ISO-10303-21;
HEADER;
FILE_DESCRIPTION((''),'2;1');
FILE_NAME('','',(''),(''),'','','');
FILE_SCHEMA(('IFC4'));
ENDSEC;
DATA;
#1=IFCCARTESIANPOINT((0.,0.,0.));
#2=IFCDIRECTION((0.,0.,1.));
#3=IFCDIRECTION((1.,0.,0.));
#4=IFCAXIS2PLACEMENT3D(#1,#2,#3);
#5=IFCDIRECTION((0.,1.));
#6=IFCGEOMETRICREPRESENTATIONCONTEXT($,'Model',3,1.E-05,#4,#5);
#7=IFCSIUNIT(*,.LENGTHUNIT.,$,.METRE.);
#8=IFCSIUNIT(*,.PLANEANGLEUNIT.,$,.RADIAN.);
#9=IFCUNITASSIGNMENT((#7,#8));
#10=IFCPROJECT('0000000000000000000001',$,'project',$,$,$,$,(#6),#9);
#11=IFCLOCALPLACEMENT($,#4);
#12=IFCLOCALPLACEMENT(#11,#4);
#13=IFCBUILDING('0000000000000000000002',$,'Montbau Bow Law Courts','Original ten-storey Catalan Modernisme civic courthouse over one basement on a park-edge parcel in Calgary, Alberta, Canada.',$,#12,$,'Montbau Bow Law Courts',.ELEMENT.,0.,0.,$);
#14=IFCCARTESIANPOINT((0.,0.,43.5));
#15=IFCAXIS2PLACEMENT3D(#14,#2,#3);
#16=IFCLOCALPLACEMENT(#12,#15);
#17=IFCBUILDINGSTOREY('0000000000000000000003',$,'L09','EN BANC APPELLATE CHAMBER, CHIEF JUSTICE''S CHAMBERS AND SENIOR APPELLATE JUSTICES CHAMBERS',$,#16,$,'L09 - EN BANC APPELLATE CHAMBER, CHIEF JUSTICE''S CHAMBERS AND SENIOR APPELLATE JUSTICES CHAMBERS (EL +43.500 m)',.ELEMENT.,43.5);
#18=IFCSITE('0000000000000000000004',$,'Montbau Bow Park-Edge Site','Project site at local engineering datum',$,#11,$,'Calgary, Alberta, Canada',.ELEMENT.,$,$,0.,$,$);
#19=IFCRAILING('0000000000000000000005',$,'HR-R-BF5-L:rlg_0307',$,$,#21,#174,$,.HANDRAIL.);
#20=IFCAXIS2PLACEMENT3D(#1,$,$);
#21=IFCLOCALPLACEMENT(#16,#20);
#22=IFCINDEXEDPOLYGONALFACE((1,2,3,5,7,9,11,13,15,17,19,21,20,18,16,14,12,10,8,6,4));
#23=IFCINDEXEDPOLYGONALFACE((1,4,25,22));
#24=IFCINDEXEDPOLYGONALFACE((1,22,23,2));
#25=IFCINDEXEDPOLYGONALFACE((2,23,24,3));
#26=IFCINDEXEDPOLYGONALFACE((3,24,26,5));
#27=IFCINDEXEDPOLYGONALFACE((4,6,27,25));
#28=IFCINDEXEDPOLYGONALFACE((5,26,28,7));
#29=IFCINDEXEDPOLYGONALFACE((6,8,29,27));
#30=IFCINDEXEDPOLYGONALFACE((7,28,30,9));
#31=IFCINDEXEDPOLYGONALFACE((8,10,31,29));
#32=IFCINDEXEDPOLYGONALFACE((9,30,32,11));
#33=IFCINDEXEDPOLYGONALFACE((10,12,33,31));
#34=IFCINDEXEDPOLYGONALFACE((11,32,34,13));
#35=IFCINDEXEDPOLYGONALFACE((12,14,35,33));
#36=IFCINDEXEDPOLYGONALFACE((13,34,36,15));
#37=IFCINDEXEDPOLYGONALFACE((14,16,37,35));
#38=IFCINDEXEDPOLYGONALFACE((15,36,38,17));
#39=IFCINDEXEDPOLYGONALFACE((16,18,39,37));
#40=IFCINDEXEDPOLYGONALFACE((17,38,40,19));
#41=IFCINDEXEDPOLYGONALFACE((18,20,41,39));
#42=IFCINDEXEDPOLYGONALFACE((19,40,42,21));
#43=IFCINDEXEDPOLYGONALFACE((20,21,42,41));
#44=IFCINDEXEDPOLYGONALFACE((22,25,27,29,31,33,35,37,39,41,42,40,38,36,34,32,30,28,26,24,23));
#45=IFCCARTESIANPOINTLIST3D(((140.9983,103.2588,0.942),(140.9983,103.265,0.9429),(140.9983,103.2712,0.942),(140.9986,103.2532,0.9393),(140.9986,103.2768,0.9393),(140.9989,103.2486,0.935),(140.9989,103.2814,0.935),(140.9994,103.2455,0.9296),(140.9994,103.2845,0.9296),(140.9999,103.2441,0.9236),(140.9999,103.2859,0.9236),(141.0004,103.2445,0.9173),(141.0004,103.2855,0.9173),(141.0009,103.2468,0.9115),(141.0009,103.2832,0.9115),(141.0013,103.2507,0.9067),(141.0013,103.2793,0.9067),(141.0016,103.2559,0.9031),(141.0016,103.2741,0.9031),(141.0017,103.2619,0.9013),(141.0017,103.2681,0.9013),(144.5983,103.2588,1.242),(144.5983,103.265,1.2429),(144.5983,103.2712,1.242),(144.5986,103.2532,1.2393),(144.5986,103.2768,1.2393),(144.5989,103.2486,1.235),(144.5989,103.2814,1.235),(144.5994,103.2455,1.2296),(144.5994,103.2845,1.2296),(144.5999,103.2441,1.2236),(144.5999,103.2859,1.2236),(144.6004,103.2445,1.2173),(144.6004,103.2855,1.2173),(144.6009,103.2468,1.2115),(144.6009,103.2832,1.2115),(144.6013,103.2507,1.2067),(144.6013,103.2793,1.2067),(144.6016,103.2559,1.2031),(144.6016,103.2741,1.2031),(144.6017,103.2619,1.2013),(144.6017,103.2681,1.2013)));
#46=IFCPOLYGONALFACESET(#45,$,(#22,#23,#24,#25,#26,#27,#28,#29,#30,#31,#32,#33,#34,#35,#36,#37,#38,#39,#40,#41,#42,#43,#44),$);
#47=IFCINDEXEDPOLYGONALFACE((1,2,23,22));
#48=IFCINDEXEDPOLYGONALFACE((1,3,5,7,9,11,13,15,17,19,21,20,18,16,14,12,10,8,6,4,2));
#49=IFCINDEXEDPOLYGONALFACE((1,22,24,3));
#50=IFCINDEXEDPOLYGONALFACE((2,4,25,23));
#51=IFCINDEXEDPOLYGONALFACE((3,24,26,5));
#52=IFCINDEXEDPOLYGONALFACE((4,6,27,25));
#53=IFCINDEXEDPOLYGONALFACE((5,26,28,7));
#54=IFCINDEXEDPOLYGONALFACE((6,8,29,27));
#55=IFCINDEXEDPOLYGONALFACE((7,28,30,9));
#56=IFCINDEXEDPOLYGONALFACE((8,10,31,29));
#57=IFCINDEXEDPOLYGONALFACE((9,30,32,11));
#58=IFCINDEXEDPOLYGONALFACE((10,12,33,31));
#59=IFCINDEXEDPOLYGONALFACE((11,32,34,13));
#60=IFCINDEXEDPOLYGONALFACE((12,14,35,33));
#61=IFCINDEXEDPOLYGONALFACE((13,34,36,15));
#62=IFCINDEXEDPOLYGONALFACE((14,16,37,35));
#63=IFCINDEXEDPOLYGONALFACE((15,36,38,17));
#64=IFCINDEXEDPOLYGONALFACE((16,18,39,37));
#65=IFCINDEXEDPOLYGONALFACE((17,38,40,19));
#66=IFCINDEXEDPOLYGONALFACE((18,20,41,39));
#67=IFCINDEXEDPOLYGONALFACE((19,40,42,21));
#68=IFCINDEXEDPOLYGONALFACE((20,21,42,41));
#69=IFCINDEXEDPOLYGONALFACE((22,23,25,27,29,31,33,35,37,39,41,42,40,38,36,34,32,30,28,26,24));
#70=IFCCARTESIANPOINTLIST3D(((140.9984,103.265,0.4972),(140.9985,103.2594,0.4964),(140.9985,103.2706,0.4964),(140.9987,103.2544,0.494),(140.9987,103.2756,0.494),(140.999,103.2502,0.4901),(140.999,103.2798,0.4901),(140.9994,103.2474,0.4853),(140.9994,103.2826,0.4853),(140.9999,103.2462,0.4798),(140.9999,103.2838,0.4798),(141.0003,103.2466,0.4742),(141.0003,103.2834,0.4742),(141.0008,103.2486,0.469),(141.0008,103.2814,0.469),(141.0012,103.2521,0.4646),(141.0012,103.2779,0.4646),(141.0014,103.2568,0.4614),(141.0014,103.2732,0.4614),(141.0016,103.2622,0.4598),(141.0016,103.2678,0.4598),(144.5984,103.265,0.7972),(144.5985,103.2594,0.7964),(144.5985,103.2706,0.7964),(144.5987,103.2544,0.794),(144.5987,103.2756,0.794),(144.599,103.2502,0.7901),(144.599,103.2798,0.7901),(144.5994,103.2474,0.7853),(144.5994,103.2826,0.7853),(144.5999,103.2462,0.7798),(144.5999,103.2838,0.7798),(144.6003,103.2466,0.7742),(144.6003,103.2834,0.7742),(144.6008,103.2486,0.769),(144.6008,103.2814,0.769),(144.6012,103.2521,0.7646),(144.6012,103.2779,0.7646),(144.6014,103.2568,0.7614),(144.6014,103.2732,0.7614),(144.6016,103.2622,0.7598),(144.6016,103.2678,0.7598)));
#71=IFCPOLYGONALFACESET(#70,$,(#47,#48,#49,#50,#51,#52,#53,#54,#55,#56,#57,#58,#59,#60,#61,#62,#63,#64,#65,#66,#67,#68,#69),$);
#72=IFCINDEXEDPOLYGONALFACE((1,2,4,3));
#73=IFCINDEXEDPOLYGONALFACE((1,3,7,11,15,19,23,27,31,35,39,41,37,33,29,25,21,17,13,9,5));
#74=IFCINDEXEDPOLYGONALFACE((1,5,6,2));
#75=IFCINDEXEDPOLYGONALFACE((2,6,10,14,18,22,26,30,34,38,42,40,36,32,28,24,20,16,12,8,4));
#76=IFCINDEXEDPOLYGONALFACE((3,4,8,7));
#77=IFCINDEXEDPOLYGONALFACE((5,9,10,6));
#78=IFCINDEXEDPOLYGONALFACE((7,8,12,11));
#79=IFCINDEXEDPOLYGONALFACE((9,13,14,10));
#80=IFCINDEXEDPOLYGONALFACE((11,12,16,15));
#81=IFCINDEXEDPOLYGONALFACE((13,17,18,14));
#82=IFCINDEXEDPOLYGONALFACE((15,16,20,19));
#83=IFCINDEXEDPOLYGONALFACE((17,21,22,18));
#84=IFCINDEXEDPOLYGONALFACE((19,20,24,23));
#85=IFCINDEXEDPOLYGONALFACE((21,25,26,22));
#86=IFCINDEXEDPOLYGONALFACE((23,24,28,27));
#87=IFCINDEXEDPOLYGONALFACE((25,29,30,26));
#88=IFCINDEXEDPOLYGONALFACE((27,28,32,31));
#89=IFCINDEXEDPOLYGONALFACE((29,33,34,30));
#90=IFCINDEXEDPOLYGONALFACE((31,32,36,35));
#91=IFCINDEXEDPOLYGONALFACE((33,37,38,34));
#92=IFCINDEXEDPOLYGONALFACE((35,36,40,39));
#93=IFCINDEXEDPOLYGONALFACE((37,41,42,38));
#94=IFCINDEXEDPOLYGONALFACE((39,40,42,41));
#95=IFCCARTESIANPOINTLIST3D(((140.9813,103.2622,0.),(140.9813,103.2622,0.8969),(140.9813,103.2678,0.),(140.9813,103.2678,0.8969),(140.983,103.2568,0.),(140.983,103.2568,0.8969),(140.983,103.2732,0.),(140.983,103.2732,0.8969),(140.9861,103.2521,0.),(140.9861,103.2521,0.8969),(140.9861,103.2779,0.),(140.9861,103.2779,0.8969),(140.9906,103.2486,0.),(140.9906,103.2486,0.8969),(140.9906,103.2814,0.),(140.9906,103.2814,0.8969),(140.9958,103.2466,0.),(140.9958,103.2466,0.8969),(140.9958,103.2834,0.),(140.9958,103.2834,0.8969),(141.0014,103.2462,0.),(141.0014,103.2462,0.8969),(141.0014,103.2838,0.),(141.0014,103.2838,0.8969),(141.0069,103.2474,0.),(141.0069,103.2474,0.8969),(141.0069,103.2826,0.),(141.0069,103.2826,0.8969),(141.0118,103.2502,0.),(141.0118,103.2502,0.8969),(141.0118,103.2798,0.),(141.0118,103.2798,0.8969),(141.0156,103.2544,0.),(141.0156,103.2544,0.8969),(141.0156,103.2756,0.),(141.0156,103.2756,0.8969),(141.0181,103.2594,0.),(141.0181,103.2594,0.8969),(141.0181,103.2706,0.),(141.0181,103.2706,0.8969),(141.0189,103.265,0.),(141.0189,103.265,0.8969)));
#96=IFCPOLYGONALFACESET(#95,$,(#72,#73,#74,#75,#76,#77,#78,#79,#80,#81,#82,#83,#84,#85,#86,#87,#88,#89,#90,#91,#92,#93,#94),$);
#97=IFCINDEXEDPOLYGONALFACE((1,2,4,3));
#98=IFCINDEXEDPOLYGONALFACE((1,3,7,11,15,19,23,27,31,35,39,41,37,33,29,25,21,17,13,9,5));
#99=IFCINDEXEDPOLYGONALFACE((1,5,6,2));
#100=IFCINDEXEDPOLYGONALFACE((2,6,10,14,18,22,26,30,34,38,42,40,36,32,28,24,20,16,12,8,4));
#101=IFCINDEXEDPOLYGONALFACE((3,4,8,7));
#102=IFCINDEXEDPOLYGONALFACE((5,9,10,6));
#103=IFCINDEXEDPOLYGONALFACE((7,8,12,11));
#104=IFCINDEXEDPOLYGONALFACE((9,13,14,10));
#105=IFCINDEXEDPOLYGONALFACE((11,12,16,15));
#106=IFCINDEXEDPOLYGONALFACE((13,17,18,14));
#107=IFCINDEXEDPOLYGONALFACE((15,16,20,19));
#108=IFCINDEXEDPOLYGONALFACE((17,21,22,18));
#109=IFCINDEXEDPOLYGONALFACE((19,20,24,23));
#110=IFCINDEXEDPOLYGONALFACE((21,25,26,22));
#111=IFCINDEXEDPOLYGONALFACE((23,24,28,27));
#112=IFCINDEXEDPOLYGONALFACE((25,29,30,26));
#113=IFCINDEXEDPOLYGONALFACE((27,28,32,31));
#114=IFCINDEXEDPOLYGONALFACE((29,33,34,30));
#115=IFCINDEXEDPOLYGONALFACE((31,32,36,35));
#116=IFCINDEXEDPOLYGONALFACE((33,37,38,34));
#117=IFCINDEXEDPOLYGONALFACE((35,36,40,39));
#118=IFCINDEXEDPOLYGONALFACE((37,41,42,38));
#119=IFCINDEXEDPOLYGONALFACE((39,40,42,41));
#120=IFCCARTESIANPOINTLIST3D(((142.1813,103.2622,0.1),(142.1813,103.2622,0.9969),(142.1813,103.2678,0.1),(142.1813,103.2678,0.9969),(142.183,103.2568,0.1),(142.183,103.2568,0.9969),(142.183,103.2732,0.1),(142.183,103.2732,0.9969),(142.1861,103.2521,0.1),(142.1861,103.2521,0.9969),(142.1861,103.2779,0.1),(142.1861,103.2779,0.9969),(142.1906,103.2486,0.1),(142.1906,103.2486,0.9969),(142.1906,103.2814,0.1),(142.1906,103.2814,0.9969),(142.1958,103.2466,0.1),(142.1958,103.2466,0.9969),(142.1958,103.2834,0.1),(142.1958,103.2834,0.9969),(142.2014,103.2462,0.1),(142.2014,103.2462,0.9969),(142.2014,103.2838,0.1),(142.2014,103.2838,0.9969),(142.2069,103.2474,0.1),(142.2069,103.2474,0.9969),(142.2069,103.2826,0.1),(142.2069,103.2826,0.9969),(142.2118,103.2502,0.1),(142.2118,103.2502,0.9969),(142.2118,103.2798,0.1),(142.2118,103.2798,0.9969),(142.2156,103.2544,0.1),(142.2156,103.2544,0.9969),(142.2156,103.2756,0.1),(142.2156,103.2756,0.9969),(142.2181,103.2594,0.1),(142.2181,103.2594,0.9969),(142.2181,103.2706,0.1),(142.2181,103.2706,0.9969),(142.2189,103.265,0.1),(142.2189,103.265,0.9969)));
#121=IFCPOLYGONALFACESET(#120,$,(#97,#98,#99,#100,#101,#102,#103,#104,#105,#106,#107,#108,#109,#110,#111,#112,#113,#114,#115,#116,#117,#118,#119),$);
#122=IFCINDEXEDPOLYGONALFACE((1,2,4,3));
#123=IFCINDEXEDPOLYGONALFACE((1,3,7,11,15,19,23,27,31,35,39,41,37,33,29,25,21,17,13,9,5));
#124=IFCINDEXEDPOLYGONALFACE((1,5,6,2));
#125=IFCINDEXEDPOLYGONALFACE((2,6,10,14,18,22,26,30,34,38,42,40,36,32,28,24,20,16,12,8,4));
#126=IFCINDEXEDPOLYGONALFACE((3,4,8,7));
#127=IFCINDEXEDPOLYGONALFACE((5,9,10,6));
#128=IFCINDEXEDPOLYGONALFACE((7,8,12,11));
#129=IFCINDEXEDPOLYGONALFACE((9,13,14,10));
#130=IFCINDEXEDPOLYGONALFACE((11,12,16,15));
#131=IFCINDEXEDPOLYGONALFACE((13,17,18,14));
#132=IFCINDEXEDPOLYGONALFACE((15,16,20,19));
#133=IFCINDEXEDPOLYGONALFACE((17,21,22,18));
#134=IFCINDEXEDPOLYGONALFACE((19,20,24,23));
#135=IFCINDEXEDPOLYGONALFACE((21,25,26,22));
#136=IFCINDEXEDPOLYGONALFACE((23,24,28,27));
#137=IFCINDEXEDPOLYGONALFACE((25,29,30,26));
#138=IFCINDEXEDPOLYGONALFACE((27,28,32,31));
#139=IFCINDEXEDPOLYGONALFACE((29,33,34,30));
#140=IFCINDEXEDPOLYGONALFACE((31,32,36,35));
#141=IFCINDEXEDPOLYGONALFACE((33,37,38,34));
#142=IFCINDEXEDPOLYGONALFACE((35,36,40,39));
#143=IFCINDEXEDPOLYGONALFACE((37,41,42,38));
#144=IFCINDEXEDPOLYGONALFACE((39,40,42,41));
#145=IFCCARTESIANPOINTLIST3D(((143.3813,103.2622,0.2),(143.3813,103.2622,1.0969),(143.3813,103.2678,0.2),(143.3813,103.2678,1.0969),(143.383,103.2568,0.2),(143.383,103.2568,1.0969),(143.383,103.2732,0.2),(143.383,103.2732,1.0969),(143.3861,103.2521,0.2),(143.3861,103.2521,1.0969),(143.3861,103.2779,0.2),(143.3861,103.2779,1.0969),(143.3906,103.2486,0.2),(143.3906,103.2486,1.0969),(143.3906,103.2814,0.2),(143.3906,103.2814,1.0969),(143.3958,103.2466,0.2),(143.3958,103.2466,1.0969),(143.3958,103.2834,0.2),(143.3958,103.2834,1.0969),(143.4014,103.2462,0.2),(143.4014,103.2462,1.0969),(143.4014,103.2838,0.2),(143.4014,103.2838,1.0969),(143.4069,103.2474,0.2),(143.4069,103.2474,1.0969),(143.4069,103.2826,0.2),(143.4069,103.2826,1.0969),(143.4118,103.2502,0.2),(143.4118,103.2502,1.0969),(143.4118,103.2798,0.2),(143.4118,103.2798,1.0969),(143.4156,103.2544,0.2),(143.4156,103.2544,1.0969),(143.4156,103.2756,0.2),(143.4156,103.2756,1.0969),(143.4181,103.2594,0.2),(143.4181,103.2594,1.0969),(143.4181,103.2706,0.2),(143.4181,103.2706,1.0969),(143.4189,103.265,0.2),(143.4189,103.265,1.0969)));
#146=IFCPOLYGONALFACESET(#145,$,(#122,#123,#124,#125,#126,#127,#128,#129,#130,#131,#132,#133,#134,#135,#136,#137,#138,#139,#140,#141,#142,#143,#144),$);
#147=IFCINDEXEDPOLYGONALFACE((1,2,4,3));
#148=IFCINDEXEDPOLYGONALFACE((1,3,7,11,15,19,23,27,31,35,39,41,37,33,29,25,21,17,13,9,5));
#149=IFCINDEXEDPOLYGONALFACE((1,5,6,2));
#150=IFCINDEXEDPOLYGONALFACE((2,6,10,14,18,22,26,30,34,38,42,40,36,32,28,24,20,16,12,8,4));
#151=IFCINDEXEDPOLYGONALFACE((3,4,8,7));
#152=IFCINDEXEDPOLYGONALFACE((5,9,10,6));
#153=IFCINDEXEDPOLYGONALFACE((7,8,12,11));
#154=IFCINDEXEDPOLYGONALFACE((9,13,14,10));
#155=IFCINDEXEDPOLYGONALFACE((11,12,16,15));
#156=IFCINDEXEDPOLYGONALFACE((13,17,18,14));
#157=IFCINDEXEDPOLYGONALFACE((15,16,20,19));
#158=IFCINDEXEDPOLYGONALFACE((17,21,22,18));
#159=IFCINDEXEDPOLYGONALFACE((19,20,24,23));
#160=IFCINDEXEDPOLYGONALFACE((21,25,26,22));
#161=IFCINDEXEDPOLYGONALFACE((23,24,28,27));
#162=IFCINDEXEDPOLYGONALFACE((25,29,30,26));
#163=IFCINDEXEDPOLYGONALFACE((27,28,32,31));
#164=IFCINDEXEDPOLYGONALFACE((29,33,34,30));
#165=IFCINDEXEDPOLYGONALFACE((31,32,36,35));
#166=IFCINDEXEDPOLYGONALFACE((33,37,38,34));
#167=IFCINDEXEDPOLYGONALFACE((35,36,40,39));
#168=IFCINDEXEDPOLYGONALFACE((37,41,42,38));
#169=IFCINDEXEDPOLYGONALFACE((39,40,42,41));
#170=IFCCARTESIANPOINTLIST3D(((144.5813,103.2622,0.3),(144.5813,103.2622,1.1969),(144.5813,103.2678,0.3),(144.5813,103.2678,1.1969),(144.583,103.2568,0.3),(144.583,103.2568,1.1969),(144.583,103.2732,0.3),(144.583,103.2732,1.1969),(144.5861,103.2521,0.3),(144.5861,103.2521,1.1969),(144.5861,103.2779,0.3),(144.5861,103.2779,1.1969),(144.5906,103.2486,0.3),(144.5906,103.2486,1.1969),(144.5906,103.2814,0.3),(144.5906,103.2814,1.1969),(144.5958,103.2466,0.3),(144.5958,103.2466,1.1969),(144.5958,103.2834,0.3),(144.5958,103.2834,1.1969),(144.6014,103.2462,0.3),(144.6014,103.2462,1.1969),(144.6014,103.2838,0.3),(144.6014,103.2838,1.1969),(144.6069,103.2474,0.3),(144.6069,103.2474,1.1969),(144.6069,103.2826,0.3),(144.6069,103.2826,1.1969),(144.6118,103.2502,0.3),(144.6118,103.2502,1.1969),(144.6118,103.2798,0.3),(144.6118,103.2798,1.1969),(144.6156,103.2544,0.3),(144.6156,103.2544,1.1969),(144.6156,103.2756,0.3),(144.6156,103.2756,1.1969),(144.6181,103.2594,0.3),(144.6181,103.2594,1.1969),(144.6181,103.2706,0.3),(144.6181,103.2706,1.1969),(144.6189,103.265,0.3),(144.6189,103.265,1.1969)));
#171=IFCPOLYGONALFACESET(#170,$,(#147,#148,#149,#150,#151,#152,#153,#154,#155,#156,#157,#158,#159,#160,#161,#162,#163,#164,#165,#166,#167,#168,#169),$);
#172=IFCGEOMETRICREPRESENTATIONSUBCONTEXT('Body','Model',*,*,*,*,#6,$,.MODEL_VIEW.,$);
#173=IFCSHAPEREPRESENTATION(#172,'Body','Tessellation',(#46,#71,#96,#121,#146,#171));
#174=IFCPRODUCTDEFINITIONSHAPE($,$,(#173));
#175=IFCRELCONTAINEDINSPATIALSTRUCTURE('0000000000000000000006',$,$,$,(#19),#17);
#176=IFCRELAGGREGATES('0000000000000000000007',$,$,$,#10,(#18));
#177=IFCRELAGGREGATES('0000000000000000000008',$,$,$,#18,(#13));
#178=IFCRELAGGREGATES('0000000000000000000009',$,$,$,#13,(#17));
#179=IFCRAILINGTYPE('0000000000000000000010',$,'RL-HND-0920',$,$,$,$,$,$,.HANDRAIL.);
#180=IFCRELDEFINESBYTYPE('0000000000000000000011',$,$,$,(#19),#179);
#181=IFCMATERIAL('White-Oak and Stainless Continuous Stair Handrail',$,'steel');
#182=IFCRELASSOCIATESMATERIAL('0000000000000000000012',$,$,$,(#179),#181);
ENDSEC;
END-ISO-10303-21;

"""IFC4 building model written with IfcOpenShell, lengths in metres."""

from ifc_helpers import new_model, si_unit, direction, frame, origin_with_axes, origin_2d_with_axis, place, context, subcontext, project, spatial, circle, extrude, material, type_object, element, save


model = new_model("IFC4")

# Units and contexts
model_context = context("Model", 3, precision=1e-05, world=origin_with_axes(), true_north=direction((0.0, 1.0)))
body_context = subcontext(model_context, "Body", "Model", "MODEL_VIEW")
ifc_project = project(units=[si_unit("LENGTHUNIT", "METRE"), si_unit("PLANEANGLEUNIT", "RADIAN")], contexts=[model_context])

# Site, building, storey
site_placement = place(None, origin_with_axes())
site = spatial("IfcSite", under=ifc_project, at=site_placement, Name="Montbau Bow Park-Edge Site", Description="Project site at local engineering datum", LongName="Calgary, Alberta, Canada", CompositionType="ELEMENT", RefElevation=0.0)
building_placement = place(site_placement, origin_with_axes())
building = spatial("IfcBuilding", under=site, at=building_placement, Name="Montbau Bow Law Courts", Description="Original ten-storey Catalan Modernisme civic courthouse over one basement on a park-edge parcel in Calgary, Alberta, Canada.", LongName="Montbau Bow Law Courts", CompositionType="ELEMENT", ElevationOfRefHeight=0.0, ElevationOfTerrain=0.0)
storey_placement = place(building_placement, frame((0.0, 0.0, 43.5), z_axis=(0.0, 0.0, 1.0), x_axis=(1.0, 0.0, 0.0)))
storey = spatial("IfcBuildingStorey", under=building, at=storey_placement, Name="L09", Description="EN BANC APPELLATE CHAMBER, CHIEF JUSTICE'S CHAMBERS AND SENIOR APPELLATE JUSTICES CHAMBERS", LongName="L09 - EN BANC APPELLATE CHAMBER, CHIEF JUSTICE'S CHAMBERS AND SENIOR APPELLATE JUSTICES CHAMBERS (EL +43.500 m)", CompositionType="ELEMENT", Elevation=43.5)

# Railing
ifc_material_1 = material(Name="White-Oak and Stainless Continuous Stair Handrail", Category="steel")
railing_type_1 = type_object("IfcRailingType", Name="RL-HND-0920", PredefinedType="HANDRAIL", material=ifc_material_1)
railing_1_placement = place(None, origin_with_axes())
element("IfcRailing", 1, at=railing_1_placement, inside=storey, type_object=railing_type_1, Name="HR-R-BF5-L:rlg_0307", PredefinedType="HANDRAIL", context=body_context, shape_type="SweptSolid", body=[
    extrude(circle(Radius=0.021, at=origin_2d_with_axis()), frame((141.0, 103.265, 44.422), z_axis=(0.996546, 0.0, 0.083045), x_axis=(-0.083045, 0.0, 0.996546)), (0.0, 0.0, 1.0), 3.6125),
    extrude(circle(Radius=0.0189, at=origin_2d_with_axis()), frame((141.0, 103.265, 43.9784), z_axis=(0.996546, 0.0, 0.083045), x_axis=(-0.083045, 0.0, 0.996546)), (0.0, 0.0, 1.0), 3.6125),
    extrude(circle(Radius=0.0189, at=origin_2d_with_axis()), frame((141.0, 103.265, 43.5), z_axis=(0.0, 0.0, 1.0), x_axis=(1.0, 0.0, 0.0)), (0.0, 0.0, 1.0), 0.8969),
    extrude(circle(Radius=0.0189, at=origin_2d_with_axis()), frame((142.2, 103.265, 43.6), z_axis=(0.0, 0.0, 1.0), x_axis=(1.0, 0.0, 0.0)), (0.0, 0.0, 1.0), 0.8969),
    extrude(circle(Radius=0.0189, at=origin_2d_with_axis()), frame((143.4, 103.265, 43.7), z_axis=(0.0, 0.0, 1.0), x_axis=(1.0, 0.0, 0.0)), (0.0, 0.0, 1.0), 0.8969),
    extrude(circle(Radius=0.0189, at=origin_2d_with_axis()), frame((144.6, 103.265, 43.8), z_axis=(0.0, 0.0, 1.0), x_axis=(1.0, 0.0, 0.0)), (0.0, 0.0, 1.0), 0.8969),
])

save(model, "model.ifc")
